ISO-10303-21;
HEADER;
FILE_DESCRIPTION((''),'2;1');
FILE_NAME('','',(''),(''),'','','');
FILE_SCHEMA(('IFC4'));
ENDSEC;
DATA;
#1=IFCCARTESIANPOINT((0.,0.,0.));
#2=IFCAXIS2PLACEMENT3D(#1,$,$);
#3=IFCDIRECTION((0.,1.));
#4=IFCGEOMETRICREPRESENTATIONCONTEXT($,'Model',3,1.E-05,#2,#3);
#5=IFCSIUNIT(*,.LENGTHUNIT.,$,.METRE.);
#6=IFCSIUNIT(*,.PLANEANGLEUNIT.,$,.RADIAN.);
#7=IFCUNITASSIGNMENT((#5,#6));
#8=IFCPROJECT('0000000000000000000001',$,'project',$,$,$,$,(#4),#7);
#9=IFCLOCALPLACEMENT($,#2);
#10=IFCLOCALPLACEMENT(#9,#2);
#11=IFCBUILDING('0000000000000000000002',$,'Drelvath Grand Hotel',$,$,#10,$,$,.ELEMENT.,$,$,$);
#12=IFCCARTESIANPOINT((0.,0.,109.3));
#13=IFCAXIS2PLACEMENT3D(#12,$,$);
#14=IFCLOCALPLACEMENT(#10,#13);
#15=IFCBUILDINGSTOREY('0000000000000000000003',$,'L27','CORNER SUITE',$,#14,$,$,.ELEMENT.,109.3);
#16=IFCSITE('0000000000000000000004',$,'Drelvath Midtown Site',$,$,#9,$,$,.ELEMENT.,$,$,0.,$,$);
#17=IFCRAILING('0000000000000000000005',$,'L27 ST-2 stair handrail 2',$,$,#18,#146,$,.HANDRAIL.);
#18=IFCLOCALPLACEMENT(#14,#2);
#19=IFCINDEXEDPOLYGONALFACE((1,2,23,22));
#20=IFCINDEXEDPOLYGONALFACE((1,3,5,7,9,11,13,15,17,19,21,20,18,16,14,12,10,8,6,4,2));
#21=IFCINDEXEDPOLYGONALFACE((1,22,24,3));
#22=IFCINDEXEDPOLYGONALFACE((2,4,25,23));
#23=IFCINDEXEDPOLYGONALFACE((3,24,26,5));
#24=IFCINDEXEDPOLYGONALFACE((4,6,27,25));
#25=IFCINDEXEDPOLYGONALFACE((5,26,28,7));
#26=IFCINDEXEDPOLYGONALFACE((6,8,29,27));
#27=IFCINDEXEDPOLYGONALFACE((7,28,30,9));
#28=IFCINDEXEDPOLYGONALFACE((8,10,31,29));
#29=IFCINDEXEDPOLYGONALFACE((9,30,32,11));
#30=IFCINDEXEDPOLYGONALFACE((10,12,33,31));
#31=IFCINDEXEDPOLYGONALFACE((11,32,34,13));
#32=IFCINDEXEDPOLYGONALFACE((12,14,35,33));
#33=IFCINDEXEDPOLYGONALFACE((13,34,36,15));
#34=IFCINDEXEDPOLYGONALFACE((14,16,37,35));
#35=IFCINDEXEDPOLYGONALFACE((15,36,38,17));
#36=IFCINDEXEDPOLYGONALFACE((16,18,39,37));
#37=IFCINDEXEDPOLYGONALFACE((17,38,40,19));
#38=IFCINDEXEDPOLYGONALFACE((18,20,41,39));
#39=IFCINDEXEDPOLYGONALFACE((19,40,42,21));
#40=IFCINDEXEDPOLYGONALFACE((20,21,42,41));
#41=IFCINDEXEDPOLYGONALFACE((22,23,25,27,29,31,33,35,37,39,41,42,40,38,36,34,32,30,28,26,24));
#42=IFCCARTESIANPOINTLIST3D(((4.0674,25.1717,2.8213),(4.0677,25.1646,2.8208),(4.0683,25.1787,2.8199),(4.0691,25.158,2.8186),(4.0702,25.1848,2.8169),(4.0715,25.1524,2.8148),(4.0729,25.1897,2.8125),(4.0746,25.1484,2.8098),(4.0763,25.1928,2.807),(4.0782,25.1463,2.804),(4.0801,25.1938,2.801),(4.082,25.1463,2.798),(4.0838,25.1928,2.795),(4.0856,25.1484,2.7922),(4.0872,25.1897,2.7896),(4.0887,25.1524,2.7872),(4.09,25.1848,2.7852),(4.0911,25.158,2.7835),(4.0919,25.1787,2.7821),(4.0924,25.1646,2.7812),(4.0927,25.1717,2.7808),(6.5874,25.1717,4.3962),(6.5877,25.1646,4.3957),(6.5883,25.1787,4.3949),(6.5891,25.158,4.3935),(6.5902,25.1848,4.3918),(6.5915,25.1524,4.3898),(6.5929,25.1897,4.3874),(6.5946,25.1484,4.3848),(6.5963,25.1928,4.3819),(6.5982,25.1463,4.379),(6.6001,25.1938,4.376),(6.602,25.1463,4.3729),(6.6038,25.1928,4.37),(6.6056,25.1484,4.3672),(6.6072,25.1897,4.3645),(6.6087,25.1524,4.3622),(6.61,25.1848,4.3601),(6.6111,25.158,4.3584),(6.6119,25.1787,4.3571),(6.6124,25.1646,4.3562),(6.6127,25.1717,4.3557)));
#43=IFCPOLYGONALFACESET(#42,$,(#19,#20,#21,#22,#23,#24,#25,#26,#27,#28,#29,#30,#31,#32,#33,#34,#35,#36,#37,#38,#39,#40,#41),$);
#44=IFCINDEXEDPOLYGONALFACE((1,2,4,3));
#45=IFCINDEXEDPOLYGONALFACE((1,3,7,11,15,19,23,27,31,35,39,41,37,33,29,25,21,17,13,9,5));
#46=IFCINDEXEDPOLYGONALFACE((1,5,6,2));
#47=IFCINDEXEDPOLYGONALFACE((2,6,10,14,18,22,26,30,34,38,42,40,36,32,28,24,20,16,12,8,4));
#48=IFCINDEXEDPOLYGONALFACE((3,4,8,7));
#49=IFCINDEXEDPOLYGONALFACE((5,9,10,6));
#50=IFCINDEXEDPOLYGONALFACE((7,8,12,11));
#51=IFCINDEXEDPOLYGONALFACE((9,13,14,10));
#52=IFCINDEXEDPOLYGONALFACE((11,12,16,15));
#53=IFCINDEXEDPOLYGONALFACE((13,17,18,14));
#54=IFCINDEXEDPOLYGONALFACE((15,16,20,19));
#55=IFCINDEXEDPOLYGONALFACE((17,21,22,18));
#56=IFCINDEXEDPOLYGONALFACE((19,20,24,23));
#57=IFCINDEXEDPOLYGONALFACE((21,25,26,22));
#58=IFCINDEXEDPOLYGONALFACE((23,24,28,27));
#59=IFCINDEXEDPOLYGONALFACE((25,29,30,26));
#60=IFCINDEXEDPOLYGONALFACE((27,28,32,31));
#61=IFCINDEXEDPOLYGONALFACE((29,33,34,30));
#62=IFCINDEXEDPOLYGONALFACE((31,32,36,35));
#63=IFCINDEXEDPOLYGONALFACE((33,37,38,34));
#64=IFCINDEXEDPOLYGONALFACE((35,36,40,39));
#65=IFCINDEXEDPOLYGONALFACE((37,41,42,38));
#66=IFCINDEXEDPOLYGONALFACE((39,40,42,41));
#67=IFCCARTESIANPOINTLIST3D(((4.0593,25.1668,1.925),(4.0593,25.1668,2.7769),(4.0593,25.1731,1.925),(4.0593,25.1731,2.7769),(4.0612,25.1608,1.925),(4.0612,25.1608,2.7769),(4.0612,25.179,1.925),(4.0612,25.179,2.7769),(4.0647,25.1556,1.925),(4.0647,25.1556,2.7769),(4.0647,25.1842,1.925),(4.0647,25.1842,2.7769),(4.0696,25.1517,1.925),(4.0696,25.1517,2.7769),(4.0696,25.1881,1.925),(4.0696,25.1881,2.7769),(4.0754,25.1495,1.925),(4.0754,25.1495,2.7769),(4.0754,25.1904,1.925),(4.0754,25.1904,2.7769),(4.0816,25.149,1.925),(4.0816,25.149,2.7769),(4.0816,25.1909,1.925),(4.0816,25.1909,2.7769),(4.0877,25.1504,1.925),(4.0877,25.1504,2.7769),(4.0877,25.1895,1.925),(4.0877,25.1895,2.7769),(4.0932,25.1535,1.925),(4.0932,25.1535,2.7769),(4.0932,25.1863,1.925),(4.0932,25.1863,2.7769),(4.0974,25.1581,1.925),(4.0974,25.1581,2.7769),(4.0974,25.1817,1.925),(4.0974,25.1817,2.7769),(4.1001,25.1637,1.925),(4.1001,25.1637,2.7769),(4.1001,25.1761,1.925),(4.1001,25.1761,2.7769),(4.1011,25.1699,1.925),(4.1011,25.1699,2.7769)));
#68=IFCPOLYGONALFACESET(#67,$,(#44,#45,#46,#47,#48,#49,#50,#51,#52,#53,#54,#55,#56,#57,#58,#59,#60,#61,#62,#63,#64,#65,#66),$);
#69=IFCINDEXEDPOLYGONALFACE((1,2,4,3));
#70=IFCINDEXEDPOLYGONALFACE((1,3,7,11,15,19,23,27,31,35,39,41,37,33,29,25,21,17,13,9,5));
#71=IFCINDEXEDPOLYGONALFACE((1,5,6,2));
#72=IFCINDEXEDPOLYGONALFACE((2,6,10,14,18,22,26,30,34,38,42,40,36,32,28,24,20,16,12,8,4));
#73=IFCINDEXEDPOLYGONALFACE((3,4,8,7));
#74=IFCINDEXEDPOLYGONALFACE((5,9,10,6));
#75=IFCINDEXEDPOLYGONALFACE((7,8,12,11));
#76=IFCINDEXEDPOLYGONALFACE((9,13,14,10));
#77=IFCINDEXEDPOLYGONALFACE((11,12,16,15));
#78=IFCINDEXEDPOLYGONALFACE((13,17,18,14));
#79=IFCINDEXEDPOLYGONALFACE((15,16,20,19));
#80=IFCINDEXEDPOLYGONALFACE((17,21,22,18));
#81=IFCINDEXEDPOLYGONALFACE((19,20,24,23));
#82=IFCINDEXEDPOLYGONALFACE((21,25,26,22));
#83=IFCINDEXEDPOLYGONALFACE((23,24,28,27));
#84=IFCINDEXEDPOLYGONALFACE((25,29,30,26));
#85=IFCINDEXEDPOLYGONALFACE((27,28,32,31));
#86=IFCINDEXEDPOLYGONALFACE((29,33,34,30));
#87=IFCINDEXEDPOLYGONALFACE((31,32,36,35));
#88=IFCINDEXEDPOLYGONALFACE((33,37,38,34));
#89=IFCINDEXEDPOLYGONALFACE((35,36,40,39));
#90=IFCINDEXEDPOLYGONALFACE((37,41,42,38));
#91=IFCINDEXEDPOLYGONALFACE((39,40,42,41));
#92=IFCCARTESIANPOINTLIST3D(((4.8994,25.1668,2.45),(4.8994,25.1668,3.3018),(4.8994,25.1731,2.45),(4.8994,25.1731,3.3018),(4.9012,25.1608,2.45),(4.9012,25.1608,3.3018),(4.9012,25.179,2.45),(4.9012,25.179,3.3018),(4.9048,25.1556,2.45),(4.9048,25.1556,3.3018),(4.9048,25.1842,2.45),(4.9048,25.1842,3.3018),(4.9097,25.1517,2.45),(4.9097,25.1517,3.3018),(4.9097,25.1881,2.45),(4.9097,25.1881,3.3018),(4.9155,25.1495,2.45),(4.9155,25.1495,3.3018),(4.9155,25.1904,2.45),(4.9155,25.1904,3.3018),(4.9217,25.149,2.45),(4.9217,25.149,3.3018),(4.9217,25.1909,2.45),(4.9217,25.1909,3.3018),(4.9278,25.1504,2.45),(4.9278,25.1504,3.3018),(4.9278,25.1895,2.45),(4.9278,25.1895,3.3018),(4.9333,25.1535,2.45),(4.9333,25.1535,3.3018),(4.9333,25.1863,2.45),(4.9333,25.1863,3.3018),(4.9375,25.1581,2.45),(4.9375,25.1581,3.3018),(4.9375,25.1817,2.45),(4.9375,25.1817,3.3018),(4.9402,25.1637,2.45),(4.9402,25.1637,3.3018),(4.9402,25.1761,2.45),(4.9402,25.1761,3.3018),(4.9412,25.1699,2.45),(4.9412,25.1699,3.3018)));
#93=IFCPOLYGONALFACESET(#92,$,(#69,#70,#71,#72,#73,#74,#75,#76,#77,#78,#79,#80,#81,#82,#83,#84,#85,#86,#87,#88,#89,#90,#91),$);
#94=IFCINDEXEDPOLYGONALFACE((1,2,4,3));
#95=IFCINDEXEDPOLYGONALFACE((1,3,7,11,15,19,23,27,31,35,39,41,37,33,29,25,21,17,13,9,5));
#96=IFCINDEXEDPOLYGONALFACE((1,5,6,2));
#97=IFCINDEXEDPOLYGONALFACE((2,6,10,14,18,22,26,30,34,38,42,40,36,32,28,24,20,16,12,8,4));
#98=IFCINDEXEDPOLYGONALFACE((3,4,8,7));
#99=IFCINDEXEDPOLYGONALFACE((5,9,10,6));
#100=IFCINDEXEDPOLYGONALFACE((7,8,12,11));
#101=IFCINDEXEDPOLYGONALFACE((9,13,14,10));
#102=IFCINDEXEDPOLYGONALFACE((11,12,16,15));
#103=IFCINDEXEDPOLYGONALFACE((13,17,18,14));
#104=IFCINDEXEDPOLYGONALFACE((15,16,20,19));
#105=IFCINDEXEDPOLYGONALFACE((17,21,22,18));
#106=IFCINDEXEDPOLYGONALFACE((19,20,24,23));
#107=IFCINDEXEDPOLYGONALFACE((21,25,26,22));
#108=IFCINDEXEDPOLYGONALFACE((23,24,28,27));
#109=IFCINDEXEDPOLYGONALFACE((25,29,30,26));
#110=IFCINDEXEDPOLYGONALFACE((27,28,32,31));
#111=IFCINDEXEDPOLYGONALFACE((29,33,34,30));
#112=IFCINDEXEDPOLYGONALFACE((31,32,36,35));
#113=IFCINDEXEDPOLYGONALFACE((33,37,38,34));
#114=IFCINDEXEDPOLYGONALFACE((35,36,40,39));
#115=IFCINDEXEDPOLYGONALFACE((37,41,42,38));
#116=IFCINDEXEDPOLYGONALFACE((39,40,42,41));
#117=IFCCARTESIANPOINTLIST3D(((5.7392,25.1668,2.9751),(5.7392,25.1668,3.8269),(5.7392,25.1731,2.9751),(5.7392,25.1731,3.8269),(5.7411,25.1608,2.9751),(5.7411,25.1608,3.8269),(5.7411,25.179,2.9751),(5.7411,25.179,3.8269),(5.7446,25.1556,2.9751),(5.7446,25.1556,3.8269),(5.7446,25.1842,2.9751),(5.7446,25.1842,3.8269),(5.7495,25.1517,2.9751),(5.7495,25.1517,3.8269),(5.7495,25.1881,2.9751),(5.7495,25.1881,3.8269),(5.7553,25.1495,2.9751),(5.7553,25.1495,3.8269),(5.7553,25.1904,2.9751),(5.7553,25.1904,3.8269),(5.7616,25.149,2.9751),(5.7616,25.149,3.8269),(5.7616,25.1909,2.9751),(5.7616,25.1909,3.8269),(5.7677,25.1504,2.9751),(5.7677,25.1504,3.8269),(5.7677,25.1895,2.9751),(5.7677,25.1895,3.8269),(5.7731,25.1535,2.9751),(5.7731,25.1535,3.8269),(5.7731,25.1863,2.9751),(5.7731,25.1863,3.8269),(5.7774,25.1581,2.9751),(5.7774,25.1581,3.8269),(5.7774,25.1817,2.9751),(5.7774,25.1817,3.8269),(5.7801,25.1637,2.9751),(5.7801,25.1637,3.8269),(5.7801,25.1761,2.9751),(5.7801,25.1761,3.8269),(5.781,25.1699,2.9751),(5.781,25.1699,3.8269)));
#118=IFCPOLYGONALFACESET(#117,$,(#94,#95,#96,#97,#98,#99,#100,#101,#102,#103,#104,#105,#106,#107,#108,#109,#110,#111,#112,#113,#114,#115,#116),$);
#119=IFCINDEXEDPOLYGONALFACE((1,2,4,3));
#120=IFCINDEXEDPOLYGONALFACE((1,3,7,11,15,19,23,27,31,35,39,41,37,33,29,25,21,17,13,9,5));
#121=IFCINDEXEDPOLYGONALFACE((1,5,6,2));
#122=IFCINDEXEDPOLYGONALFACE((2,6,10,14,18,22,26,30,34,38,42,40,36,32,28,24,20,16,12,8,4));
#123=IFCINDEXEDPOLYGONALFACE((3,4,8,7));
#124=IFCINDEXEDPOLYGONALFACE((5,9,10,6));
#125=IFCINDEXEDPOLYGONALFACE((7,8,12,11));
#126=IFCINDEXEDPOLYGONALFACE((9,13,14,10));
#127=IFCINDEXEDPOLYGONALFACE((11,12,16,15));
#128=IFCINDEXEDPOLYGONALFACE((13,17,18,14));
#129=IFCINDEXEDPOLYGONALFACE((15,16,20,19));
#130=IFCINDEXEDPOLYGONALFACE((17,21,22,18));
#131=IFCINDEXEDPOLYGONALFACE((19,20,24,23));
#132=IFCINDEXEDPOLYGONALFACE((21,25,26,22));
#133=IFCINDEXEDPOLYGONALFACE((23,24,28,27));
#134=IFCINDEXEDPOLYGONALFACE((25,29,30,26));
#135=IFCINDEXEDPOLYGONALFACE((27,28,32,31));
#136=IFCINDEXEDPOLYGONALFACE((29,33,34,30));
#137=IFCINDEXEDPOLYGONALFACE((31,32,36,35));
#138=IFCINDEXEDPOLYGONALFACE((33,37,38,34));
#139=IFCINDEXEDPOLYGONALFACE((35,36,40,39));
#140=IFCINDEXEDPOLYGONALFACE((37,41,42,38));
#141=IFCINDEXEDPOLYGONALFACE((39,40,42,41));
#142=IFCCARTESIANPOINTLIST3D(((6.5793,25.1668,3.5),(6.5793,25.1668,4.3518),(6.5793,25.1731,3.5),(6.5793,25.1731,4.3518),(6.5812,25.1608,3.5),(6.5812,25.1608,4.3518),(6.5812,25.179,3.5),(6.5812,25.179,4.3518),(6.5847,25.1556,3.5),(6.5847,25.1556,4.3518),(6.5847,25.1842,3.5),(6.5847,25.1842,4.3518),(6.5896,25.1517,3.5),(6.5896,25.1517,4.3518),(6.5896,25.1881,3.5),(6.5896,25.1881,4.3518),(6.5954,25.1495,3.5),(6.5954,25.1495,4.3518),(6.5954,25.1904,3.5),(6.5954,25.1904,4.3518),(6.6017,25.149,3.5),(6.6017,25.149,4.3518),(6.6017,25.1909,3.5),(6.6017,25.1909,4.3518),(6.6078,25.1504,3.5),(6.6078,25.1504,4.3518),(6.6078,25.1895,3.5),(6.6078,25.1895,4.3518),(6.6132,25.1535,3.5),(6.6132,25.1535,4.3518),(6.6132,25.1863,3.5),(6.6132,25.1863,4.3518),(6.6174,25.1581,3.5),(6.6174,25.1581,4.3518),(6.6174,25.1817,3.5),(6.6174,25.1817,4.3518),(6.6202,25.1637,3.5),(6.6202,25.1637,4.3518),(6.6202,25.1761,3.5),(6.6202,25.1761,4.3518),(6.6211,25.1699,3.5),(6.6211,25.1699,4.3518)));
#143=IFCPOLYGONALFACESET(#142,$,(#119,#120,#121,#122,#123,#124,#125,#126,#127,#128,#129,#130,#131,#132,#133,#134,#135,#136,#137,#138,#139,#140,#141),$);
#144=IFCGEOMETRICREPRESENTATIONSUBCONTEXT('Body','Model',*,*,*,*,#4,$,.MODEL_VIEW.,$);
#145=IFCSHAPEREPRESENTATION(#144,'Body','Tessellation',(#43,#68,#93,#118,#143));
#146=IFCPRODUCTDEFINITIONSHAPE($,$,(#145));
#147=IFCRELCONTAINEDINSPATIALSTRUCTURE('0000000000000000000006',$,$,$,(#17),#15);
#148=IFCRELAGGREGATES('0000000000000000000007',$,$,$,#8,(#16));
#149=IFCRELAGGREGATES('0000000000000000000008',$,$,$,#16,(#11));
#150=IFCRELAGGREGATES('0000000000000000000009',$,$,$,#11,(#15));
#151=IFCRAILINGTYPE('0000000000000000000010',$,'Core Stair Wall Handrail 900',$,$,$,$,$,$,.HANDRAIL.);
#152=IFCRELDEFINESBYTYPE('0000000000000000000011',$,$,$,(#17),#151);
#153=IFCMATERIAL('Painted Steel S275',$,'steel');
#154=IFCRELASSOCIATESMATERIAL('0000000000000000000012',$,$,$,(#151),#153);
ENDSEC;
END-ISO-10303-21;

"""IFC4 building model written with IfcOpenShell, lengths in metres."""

from ifc_helpers import new_model, si_unit, direction, frame, origin, origin_2d, place, context, subcontext, project, spatial, circle, extrude, material, type_object, element, save


model = new_model("IFC4")

# Units and contexts
model_context = context("Model", 3, precision=1e-05, world=origin(), true_north=direction((0.0, 1.0)))
body_context = subcontext(model_context, "Body", "Model", "MODEL_VIEW")
ifc_project = project(units=[si_unit("LENGTHUNIT", "METRE"), si_unit("PLANEANGLEUNIT", "RADIAN")], contexts=[model_context])

# Site, building, storey
site_placement = place(None, origin())
site = spatial("IfcSite", under=ifc_project, at=site_placement, Name="Drelvath Midtown Site", CompositionType="ELEMENT", RefElevation=0.0)
building_placement = place(site_placement, origin())
building = spatial("IfcBuilding", under=site, at=building_placement, Name="Drelvath Grand Hotel", CompositionType="ELEMENT")
storey_placement = place(building_placement, frame((0.0, 0.0, 109.3)))
storey = spatial("IfcBuildingStorey", under=building, at=storey_placement, Name="L27", Description="CORNER SUITE", CompositionType="ELEMENT", Elevation=109.3)

# Railing
ifc_material_1 = material(Name="Painted Steel S275", Category="steel")
railing_type_1 = type_object("IfcRailingType", Name="Core Stair Wall Handrail 900", PredefinedType="HANDRAIL", material=ifc_material_1)
railing_1_placement = place(storey_placement, frame((4.0801, 25.1699, 1.925)))
element("IfcRailing", 1, at=railing_1_placement, inside=storey, type_object=railing_type_1, Name="L27 ST-2 stair handrail 2", PredefinedType="HANDRAIL", context=body_context, shape_type="SweptSolid", body=[
    extrude(circle(Radius=0.0239, at=origin_2d()), frame((0.0, 0.0, 0.876), z_axis=(0.848008, 0.0, 0.529984), x_axis=(0.0, 1.0, 0.0)), (0.0, 0.0, 1.0), 2.9717),
    extrude(circle(Radius=0.021, at=origin_2d()), origin(), (0.0, 0.0, 1.0), 0.8518),
    extrude(circle(Radius=0.021, at=origin_2d()), frame((0.8401, 0.0, 0.5249)), (0.0, 0.0, 1.0), 0.8518),
    extrude(circle(Radius=0.021, at=origin_2d()), frame((1.6799, 0.0, 1.05)), (0.0, 0.0, 1.0), 0.8518),
    extrude(circle(Radius=0.021, at=origin_2d()), frame((2.52, 0.0, 1.575)), (0.0, 0.0, 1.0), 0.8518),
])

save(model, "model.ifc")
